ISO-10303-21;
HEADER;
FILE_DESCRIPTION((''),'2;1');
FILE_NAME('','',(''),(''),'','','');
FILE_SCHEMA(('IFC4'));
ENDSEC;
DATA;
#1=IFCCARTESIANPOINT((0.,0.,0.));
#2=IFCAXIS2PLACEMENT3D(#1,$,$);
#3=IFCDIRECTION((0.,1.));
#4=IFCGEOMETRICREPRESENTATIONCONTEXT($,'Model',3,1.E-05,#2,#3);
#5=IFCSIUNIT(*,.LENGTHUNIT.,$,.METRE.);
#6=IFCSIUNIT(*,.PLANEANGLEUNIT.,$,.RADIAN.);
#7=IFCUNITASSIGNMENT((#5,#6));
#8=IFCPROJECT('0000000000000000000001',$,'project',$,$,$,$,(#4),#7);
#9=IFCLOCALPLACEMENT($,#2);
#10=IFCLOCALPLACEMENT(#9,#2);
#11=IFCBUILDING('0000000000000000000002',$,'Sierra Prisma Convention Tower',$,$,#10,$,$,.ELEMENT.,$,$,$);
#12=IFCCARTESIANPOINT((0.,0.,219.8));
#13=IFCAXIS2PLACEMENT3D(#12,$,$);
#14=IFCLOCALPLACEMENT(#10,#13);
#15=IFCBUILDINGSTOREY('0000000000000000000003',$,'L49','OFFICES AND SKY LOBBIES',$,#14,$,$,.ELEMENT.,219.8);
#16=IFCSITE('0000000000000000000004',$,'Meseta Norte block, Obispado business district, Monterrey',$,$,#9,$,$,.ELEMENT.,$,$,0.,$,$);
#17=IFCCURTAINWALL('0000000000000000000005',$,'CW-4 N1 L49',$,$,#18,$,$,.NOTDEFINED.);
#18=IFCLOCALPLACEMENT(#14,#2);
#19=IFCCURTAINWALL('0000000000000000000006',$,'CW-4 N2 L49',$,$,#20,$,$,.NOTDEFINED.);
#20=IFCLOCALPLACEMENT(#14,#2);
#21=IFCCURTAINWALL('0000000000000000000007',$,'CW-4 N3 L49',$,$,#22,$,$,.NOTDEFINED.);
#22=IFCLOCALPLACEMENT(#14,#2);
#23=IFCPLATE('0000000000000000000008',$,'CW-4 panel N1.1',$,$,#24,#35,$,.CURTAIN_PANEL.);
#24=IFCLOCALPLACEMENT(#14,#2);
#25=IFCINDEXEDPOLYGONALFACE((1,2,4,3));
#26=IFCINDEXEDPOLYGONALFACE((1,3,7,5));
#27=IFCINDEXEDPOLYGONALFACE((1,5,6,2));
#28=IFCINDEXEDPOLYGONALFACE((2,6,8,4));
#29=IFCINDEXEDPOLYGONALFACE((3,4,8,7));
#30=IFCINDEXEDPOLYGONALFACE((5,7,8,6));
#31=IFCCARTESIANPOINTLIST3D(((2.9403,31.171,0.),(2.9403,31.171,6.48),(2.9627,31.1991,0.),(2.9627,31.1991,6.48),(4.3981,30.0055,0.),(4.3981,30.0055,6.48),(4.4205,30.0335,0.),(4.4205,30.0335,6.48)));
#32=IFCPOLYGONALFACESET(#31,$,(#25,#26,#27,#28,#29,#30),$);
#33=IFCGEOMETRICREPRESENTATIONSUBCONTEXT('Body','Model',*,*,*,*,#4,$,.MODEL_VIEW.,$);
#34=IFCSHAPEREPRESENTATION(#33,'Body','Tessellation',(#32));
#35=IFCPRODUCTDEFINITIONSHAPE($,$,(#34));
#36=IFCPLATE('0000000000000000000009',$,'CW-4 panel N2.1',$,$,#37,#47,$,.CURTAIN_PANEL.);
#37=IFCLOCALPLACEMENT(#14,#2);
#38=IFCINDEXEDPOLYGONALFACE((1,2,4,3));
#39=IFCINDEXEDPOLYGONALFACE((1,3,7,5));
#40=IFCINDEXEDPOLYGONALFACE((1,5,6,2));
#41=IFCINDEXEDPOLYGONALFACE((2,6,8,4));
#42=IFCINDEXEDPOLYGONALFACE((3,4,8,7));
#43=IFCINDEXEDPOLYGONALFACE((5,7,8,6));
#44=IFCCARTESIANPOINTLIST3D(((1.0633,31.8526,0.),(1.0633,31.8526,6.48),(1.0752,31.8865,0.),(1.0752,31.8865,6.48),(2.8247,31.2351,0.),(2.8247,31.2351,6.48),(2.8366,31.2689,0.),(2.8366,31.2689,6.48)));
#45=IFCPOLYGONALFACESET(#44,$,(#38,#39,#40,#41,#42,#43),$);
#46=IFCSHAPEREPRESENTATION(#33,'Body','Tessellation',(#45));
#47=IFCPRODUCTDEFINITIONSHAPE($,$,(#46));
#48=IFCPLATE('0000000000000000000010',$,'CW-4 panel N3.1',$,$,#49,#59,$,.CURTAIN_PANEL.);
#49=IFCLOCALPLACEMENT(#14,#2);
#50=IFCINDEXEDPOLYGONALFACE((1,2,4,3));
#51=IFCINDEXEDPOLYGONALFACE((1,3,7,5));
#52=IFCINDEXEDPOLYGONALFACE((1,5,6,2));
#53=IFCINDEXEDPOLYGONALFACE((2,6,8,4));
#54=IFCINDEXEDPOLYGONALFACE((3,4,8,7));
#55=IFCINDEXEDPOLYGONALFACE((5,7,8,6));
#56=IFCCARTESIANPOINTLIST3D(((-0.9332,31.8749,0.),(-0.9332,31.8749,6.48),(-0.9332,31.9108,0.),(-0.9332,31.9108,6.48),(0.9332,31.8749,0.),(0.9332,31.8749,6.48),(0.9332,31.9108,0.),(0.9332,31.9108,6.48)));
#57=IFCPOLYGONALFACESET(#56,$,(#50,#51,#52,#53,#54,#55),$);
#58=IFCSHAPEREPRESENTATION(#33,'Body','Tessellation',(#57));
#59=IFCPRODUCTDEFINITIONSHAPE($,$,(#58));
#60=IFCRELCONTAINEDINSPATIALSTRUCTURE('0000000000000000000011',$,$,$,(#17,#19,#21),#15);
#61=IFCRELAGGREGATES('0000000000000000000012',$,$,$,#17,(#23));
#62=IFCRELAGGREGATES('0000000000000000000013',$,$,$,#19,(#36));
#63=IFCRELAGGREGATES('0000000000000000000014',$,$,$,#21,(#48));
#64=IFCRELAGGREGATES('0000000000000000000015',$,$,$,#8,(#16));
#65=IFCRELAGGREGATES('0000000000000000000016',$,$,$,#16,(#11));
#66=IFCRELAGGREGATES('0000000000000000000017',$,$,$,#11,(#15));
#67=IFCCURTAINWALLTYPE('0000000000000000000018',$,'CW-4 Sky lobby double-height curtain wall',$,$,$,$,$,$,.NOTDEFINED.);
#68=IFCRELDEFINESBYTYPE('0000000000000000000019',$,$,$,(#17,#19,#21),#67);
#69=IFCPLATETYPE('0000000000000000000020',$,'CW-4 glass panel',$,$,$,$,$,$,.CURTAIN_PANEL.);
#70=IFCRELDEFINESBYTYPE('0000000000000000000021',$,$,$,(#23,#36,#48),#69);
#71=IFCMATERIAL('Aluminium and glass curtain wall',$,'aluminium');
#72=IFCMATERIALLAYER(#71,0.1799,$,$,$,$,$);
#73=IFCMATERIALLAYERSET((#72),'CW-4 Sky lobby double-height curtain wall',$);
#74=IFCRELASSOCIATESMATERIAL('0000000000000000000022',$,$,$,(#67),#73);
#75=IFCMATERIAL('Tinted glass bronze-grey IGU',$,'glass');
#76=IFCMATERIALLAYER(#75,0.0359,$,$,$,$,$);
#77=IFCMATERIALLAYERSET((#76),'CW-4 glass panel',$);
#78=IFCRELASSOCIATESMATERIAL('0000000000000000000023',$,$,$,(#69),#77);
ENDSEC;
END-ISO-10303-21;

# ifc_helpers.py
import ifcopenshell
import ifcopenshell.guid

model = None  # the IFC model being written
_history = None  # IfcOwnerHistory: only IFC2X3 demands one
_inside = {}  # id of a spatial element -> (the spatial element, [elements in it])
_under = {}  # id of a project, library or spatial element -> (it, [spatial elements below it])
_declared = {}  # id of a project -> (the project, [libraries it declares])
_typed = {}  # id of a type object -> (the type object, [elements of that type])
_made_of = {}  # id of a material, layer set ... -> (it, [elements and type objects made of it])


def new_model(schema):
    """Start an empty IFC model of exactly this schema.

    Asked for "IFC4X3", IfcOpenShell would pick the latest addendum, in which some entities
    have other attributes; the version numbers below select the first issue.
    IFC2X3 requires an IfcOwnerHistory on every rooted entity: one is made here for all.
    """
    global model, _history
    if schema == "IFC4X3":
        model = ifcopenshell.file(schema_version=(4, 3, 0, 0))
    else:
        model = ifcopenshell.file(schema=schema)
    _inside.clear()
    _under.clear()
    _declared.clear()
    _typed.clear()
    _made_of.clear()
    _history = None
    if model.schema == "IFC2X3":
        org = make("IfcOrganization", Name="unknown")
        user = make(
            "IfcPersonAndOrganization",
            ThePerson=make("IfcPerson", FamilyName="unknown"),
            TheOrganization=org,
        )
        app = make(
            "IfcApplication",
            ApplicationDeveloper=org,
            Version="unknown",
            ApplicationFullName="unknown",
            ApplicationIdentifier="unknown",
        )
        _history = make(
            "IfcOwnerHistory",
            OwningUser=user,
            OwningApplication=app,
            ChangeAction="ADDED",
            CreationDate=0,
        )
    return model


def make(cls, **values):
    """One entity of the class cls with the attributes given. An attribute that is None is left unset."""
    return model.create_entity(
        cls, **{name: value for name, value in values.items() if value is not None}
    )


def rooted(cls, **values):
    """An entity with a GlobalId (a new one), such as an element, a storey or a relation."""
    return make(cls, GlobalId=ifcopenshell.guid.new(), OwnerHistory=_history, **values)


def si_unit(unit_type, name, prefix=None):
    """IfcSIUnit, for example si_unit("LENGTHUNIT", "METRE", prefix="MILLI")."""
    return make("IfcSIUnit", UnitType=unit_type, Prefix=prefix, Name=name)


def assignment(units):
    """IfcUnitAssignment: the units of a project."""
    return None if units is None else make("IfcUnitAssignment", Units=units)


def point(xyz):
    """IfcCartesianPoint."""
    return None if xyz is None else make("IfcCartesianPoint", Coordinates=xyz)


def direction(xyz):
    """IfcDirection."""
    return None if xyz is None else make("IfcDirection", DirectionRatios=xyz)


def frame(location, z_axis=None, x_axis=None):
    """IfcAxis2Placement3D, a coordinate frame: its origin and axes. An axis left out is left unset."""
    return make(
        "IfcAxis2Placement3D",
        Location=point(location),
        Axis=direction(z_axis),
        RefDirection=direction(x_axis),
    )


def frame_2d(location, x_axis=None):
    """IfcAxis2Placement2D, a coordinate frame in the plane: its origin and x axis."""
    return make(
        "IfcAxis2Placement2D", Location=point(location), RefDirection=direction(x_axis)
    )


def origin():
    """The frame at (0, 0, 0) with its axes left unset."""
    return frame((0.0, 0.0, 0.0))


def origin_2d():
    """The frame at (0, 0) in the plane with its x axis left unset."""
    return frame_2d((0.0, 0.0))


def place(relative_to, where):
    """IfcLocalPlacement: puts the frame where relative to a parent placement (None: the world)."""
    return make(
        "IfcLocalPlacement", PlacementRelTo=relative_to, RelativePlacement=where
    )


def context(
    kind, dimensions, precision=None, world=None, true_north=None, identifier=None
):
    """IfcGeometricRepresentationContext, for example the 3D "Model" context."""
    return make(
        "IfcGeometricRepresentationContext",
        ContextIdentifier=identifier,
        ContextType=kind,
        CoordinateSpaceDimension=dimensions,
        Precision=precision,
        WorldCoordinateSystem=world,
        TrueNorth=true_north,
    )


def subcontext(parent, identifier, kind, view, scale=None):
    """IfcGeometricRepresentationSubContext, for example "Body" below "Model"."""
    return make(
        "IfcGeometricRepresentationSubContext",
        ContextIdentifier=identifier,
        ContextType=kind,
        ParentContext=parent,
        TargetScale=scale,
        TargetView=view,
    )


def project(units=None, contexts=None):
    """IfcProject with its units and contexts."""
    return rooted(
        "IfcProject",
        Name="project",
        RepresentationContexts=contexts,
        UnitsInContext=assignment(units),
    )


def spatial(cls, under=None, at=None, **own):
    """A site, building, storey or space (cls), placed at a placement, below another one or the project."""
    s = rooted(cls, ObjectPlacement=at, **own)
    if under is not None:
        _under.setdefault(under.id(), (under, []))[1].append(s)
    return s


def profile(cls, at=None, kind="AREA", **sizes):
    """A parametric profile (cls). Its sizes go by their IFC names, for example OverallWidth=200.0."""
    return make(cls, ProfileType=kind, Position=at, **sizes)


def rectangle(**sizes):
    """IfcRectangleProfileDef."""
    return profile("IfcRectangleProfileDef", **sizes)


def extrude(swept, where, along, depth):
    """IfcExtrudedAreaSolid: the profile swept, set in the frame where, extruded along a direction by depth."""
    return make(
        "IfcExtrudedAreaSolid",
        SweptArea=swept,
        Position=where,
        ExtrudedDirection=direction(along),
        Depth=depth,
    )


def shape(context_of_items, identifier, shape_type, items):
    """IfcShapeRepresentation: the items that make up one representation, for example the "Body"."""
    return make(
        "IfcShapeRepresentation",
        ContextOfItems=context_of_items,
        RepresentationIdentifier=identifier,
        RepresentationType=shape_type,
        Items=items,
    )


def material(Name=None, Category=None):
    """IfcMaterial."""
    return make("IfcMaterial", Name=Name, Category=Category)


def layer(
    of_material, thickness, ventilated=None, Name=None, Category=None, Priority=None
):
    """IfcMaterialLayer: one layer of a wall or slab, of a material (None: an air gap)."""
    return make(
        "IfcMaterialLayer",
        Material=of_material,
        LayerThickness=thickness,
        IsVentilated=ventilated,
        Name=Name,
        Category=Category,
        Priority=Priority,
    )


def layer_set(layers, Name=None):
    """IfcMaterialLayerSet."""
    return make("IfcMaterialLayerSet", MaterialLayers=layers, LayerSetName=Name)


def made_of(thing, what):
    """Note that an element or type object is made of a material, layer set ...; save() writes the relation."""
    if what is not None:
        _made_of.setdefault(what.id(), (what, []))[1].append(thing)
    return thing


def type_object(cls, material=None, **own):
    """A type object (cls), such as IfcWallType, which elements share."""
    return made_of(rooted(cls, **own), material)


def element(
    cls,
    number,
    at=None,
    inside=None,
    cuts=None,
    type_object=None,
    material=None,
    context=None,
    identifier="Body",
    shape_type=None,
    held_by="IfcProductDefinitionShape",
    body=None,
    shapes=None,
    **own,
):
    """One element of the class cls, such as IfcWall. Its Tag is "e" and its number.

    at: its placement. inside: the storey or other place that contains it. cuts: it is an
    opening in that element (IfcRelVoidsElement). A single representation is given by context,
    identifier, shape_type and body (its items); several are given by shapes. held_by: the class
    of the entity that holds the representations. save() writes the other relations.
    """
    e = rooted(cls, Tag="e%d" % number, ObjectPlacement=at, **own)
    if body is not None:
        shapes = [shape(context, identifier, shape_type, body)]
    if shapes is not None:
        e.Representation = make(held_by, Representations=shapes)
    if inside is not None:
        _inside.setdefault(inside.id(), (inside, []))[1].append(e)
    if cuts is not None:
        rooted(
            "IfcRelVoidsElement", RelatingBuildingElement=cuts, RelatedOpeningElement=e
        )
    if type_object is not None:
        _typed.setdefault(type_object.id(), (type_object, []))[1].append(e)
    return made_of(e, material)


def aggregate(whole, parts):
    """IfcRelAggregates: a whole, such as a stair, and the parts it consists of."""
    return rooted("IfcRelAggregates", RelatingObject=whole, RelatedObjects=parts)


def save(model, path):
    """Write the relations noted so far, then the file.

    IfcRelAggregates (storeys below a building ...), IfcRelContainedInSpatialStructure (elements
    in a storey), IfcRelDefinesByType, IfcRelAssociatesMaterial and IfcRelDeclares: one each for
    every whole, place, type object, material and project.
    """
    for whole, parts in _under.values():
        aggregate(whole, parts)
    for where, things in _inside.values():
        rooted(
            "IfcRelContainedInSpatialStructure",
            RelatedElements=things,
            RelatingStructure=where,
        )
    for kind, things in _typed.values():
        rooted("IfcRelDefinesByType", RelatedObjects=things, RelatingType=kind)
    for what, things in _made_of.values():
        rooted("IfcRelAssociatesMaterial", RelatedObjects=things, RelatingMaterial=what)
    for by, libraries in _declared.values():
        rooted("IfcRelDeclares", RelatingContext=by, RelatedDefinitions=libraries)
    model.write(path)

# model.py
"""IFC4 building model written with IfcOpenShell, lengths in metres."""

from ifc_helpers import new_model, si_unit, direction, frame, origin, origin_2d, place, context, subcontext, project, spatial, rectangle, extrude, material, layer, layer_set, type_object, element, aggregate, save


model = new_model("IFC4")

# Units and contexts
model_context = context("Model", 3, precision=1e-05, world=origin(), true_north=direction((0.0, 1.0)))
body_context = subcontext(model_context, "Body", "Model", "MODEL_VIEW")
ifc_project = project(units=[si_unit("LENGTHUNIT", "METRE"), si_unit("PLANEANGLEUNIT", "RADIAN")], contexts=[model_context])

# Site, building, storey
site_placement = place(None, origin())
site = spatial("IfcSite", under=ifc_project, at=site_placement, Name="Meseta Norte block, Obispado business district, Monterrey", CompositionType="ELEMENT", RefElevation=0.0)
building_placement = place(site_placement, origin())
building = spatial("IfcBuilding", under=site, at=building_placement, Name="Sierra Prisma Convention Tower", CompositionType="ELEMENT")
storey_placement = place(building_placement, frame((0.0, 0.0, 219.8)))
storey = spatial("IfcBuildingStorey", under=building, at=storey_placement, Name="L49", Description="OFFICES AND SKY LOBBIES", CompositionType="ELEMENT", Elevation=219.8)

# Curtain walls
ifc_material_1 = material(Name="Aluminium and glass curtain wall", Category="aluminium")
ifc_layer_1 = layer(ifc_material_1, 0.1799)
ifc_layer_set_1 = layer_set([ifc_layer_1], Name="CW-4 Sky lobby double-height curtain wall")
curtain_wall_type = type_object("IfcCurtainWallType", Name="CW-4 Sky lobby double-height curtain wall", PredefinedType="NOTDEFINED", material=ifc_layer_set_1)
curtain_wall_1_placement = place(storey_placement, origin())
curtain_wall_1 = element("IfcCurtainWall", 1, at=curtain_wall_1_placement, inside=storey, type_object=curtain_wall_type, Name="CW-4 N1 L49", PredefinedType="NOTDEFINED")
curtain_wall_2_placement = place(storey_placement, origin())
curtain_wall_2 = element("IfcCurtainWall", 2, at=curtain_wall_2_placement, inside=storey, type_object=curtain_wall_type, Name="CW-4 N2 L49", PredefinedType="NOTDEFINED")
curtain_wall_3_placement = place(storey_placement, origin())
curtain_wall_3 = element("IfcCurtainWall", 3, at=curtain_wall_3_placement, inside=storey, type_object=curtain_wall_type, Name="CW-4 N3 L49", PredefinedType="NOTDEFINED")

# Plates
ifc_material_2 = material(Name="Tinted glass bronze-grey IGU", Category="glass")
ifc_layer_2 = layer(ifc_material_2, 0.0359)
ifc_layer_set_2 = layer_set([ifc_layer_2], Name="CW-4 glass panel")
plate_type = type_object("IfcPlateType", Name="CW-4 glass panel", PredefinedType="CURTAIN_PANEL", material=ifc_layer_set_2)
plate_1_placement = place(storey_placement, frame((3.6804, 30.6023, 0.0), z_axis=(0.0, 0.0, 1.0), x_axis=(-0.781053, 0.624465, 0.0)))
plate_1 = element("IfcPlate", 4, at=plate_1_placement, type_object=plate_type, Name="CW-4 panel N1.1", PredefinedType="CURTAIN_PANEL", context=body_context, shape_type="SweptSolid", body=[
    extrude(rectangle(XDim=1.8665, YDim=0.0359, at=origin_2d()), origin(), (0.0, 0.0, 1.0), 6.48),
])
aggregate(curtain_wall_1, [plate_1])
plate_2_placement = place(storey_placement, frame((1.95, 31.5608, 0.0), z_axis=(0.0, 0.0, 1.0), x_axis=(-0.943677, 0.330868, 0.0)))
plate_2 = element("IfcPlate", 5, at=plate_2_placement, type_object=plate_type, Name="CW-4 panel N2.1", PredefinedType="CURTAIN_PANEL", context=body_context, shape_type="SweptSolid", body=[
    extrude(rectangle(XDim=1.8665, YDim=0.0359, at=origin_2d()), origin(), (0.0, 0.0, 1.0), 6.48),
])
aggregate(curtain_wall_2, [plate_2])
plate_3_placement = place(storey_placement, frame((0.0, 31.8928, 0.0), z_axis=(0.0, 0.0, 1.0), x_axis=(-1.0, 0.0, 0.0)))
plate_3 = element("IfcPlate", 6, at=plate_3_placement, type_object=plate_type, Name="CW-4 panel N3.1", PredefinedType="CURTAIN_PANEL", context=body_context, shape_type="SweptSolid", body=[
    extrude(rectangle(XDim=1.8665, YDim=0.0359, at=origin_2d()), origin(), (0.0, 0.0, 1.0), 6.48),
])
aggregate(curtain_wall_3, [plate_3])

save(model, "model.ifc")
